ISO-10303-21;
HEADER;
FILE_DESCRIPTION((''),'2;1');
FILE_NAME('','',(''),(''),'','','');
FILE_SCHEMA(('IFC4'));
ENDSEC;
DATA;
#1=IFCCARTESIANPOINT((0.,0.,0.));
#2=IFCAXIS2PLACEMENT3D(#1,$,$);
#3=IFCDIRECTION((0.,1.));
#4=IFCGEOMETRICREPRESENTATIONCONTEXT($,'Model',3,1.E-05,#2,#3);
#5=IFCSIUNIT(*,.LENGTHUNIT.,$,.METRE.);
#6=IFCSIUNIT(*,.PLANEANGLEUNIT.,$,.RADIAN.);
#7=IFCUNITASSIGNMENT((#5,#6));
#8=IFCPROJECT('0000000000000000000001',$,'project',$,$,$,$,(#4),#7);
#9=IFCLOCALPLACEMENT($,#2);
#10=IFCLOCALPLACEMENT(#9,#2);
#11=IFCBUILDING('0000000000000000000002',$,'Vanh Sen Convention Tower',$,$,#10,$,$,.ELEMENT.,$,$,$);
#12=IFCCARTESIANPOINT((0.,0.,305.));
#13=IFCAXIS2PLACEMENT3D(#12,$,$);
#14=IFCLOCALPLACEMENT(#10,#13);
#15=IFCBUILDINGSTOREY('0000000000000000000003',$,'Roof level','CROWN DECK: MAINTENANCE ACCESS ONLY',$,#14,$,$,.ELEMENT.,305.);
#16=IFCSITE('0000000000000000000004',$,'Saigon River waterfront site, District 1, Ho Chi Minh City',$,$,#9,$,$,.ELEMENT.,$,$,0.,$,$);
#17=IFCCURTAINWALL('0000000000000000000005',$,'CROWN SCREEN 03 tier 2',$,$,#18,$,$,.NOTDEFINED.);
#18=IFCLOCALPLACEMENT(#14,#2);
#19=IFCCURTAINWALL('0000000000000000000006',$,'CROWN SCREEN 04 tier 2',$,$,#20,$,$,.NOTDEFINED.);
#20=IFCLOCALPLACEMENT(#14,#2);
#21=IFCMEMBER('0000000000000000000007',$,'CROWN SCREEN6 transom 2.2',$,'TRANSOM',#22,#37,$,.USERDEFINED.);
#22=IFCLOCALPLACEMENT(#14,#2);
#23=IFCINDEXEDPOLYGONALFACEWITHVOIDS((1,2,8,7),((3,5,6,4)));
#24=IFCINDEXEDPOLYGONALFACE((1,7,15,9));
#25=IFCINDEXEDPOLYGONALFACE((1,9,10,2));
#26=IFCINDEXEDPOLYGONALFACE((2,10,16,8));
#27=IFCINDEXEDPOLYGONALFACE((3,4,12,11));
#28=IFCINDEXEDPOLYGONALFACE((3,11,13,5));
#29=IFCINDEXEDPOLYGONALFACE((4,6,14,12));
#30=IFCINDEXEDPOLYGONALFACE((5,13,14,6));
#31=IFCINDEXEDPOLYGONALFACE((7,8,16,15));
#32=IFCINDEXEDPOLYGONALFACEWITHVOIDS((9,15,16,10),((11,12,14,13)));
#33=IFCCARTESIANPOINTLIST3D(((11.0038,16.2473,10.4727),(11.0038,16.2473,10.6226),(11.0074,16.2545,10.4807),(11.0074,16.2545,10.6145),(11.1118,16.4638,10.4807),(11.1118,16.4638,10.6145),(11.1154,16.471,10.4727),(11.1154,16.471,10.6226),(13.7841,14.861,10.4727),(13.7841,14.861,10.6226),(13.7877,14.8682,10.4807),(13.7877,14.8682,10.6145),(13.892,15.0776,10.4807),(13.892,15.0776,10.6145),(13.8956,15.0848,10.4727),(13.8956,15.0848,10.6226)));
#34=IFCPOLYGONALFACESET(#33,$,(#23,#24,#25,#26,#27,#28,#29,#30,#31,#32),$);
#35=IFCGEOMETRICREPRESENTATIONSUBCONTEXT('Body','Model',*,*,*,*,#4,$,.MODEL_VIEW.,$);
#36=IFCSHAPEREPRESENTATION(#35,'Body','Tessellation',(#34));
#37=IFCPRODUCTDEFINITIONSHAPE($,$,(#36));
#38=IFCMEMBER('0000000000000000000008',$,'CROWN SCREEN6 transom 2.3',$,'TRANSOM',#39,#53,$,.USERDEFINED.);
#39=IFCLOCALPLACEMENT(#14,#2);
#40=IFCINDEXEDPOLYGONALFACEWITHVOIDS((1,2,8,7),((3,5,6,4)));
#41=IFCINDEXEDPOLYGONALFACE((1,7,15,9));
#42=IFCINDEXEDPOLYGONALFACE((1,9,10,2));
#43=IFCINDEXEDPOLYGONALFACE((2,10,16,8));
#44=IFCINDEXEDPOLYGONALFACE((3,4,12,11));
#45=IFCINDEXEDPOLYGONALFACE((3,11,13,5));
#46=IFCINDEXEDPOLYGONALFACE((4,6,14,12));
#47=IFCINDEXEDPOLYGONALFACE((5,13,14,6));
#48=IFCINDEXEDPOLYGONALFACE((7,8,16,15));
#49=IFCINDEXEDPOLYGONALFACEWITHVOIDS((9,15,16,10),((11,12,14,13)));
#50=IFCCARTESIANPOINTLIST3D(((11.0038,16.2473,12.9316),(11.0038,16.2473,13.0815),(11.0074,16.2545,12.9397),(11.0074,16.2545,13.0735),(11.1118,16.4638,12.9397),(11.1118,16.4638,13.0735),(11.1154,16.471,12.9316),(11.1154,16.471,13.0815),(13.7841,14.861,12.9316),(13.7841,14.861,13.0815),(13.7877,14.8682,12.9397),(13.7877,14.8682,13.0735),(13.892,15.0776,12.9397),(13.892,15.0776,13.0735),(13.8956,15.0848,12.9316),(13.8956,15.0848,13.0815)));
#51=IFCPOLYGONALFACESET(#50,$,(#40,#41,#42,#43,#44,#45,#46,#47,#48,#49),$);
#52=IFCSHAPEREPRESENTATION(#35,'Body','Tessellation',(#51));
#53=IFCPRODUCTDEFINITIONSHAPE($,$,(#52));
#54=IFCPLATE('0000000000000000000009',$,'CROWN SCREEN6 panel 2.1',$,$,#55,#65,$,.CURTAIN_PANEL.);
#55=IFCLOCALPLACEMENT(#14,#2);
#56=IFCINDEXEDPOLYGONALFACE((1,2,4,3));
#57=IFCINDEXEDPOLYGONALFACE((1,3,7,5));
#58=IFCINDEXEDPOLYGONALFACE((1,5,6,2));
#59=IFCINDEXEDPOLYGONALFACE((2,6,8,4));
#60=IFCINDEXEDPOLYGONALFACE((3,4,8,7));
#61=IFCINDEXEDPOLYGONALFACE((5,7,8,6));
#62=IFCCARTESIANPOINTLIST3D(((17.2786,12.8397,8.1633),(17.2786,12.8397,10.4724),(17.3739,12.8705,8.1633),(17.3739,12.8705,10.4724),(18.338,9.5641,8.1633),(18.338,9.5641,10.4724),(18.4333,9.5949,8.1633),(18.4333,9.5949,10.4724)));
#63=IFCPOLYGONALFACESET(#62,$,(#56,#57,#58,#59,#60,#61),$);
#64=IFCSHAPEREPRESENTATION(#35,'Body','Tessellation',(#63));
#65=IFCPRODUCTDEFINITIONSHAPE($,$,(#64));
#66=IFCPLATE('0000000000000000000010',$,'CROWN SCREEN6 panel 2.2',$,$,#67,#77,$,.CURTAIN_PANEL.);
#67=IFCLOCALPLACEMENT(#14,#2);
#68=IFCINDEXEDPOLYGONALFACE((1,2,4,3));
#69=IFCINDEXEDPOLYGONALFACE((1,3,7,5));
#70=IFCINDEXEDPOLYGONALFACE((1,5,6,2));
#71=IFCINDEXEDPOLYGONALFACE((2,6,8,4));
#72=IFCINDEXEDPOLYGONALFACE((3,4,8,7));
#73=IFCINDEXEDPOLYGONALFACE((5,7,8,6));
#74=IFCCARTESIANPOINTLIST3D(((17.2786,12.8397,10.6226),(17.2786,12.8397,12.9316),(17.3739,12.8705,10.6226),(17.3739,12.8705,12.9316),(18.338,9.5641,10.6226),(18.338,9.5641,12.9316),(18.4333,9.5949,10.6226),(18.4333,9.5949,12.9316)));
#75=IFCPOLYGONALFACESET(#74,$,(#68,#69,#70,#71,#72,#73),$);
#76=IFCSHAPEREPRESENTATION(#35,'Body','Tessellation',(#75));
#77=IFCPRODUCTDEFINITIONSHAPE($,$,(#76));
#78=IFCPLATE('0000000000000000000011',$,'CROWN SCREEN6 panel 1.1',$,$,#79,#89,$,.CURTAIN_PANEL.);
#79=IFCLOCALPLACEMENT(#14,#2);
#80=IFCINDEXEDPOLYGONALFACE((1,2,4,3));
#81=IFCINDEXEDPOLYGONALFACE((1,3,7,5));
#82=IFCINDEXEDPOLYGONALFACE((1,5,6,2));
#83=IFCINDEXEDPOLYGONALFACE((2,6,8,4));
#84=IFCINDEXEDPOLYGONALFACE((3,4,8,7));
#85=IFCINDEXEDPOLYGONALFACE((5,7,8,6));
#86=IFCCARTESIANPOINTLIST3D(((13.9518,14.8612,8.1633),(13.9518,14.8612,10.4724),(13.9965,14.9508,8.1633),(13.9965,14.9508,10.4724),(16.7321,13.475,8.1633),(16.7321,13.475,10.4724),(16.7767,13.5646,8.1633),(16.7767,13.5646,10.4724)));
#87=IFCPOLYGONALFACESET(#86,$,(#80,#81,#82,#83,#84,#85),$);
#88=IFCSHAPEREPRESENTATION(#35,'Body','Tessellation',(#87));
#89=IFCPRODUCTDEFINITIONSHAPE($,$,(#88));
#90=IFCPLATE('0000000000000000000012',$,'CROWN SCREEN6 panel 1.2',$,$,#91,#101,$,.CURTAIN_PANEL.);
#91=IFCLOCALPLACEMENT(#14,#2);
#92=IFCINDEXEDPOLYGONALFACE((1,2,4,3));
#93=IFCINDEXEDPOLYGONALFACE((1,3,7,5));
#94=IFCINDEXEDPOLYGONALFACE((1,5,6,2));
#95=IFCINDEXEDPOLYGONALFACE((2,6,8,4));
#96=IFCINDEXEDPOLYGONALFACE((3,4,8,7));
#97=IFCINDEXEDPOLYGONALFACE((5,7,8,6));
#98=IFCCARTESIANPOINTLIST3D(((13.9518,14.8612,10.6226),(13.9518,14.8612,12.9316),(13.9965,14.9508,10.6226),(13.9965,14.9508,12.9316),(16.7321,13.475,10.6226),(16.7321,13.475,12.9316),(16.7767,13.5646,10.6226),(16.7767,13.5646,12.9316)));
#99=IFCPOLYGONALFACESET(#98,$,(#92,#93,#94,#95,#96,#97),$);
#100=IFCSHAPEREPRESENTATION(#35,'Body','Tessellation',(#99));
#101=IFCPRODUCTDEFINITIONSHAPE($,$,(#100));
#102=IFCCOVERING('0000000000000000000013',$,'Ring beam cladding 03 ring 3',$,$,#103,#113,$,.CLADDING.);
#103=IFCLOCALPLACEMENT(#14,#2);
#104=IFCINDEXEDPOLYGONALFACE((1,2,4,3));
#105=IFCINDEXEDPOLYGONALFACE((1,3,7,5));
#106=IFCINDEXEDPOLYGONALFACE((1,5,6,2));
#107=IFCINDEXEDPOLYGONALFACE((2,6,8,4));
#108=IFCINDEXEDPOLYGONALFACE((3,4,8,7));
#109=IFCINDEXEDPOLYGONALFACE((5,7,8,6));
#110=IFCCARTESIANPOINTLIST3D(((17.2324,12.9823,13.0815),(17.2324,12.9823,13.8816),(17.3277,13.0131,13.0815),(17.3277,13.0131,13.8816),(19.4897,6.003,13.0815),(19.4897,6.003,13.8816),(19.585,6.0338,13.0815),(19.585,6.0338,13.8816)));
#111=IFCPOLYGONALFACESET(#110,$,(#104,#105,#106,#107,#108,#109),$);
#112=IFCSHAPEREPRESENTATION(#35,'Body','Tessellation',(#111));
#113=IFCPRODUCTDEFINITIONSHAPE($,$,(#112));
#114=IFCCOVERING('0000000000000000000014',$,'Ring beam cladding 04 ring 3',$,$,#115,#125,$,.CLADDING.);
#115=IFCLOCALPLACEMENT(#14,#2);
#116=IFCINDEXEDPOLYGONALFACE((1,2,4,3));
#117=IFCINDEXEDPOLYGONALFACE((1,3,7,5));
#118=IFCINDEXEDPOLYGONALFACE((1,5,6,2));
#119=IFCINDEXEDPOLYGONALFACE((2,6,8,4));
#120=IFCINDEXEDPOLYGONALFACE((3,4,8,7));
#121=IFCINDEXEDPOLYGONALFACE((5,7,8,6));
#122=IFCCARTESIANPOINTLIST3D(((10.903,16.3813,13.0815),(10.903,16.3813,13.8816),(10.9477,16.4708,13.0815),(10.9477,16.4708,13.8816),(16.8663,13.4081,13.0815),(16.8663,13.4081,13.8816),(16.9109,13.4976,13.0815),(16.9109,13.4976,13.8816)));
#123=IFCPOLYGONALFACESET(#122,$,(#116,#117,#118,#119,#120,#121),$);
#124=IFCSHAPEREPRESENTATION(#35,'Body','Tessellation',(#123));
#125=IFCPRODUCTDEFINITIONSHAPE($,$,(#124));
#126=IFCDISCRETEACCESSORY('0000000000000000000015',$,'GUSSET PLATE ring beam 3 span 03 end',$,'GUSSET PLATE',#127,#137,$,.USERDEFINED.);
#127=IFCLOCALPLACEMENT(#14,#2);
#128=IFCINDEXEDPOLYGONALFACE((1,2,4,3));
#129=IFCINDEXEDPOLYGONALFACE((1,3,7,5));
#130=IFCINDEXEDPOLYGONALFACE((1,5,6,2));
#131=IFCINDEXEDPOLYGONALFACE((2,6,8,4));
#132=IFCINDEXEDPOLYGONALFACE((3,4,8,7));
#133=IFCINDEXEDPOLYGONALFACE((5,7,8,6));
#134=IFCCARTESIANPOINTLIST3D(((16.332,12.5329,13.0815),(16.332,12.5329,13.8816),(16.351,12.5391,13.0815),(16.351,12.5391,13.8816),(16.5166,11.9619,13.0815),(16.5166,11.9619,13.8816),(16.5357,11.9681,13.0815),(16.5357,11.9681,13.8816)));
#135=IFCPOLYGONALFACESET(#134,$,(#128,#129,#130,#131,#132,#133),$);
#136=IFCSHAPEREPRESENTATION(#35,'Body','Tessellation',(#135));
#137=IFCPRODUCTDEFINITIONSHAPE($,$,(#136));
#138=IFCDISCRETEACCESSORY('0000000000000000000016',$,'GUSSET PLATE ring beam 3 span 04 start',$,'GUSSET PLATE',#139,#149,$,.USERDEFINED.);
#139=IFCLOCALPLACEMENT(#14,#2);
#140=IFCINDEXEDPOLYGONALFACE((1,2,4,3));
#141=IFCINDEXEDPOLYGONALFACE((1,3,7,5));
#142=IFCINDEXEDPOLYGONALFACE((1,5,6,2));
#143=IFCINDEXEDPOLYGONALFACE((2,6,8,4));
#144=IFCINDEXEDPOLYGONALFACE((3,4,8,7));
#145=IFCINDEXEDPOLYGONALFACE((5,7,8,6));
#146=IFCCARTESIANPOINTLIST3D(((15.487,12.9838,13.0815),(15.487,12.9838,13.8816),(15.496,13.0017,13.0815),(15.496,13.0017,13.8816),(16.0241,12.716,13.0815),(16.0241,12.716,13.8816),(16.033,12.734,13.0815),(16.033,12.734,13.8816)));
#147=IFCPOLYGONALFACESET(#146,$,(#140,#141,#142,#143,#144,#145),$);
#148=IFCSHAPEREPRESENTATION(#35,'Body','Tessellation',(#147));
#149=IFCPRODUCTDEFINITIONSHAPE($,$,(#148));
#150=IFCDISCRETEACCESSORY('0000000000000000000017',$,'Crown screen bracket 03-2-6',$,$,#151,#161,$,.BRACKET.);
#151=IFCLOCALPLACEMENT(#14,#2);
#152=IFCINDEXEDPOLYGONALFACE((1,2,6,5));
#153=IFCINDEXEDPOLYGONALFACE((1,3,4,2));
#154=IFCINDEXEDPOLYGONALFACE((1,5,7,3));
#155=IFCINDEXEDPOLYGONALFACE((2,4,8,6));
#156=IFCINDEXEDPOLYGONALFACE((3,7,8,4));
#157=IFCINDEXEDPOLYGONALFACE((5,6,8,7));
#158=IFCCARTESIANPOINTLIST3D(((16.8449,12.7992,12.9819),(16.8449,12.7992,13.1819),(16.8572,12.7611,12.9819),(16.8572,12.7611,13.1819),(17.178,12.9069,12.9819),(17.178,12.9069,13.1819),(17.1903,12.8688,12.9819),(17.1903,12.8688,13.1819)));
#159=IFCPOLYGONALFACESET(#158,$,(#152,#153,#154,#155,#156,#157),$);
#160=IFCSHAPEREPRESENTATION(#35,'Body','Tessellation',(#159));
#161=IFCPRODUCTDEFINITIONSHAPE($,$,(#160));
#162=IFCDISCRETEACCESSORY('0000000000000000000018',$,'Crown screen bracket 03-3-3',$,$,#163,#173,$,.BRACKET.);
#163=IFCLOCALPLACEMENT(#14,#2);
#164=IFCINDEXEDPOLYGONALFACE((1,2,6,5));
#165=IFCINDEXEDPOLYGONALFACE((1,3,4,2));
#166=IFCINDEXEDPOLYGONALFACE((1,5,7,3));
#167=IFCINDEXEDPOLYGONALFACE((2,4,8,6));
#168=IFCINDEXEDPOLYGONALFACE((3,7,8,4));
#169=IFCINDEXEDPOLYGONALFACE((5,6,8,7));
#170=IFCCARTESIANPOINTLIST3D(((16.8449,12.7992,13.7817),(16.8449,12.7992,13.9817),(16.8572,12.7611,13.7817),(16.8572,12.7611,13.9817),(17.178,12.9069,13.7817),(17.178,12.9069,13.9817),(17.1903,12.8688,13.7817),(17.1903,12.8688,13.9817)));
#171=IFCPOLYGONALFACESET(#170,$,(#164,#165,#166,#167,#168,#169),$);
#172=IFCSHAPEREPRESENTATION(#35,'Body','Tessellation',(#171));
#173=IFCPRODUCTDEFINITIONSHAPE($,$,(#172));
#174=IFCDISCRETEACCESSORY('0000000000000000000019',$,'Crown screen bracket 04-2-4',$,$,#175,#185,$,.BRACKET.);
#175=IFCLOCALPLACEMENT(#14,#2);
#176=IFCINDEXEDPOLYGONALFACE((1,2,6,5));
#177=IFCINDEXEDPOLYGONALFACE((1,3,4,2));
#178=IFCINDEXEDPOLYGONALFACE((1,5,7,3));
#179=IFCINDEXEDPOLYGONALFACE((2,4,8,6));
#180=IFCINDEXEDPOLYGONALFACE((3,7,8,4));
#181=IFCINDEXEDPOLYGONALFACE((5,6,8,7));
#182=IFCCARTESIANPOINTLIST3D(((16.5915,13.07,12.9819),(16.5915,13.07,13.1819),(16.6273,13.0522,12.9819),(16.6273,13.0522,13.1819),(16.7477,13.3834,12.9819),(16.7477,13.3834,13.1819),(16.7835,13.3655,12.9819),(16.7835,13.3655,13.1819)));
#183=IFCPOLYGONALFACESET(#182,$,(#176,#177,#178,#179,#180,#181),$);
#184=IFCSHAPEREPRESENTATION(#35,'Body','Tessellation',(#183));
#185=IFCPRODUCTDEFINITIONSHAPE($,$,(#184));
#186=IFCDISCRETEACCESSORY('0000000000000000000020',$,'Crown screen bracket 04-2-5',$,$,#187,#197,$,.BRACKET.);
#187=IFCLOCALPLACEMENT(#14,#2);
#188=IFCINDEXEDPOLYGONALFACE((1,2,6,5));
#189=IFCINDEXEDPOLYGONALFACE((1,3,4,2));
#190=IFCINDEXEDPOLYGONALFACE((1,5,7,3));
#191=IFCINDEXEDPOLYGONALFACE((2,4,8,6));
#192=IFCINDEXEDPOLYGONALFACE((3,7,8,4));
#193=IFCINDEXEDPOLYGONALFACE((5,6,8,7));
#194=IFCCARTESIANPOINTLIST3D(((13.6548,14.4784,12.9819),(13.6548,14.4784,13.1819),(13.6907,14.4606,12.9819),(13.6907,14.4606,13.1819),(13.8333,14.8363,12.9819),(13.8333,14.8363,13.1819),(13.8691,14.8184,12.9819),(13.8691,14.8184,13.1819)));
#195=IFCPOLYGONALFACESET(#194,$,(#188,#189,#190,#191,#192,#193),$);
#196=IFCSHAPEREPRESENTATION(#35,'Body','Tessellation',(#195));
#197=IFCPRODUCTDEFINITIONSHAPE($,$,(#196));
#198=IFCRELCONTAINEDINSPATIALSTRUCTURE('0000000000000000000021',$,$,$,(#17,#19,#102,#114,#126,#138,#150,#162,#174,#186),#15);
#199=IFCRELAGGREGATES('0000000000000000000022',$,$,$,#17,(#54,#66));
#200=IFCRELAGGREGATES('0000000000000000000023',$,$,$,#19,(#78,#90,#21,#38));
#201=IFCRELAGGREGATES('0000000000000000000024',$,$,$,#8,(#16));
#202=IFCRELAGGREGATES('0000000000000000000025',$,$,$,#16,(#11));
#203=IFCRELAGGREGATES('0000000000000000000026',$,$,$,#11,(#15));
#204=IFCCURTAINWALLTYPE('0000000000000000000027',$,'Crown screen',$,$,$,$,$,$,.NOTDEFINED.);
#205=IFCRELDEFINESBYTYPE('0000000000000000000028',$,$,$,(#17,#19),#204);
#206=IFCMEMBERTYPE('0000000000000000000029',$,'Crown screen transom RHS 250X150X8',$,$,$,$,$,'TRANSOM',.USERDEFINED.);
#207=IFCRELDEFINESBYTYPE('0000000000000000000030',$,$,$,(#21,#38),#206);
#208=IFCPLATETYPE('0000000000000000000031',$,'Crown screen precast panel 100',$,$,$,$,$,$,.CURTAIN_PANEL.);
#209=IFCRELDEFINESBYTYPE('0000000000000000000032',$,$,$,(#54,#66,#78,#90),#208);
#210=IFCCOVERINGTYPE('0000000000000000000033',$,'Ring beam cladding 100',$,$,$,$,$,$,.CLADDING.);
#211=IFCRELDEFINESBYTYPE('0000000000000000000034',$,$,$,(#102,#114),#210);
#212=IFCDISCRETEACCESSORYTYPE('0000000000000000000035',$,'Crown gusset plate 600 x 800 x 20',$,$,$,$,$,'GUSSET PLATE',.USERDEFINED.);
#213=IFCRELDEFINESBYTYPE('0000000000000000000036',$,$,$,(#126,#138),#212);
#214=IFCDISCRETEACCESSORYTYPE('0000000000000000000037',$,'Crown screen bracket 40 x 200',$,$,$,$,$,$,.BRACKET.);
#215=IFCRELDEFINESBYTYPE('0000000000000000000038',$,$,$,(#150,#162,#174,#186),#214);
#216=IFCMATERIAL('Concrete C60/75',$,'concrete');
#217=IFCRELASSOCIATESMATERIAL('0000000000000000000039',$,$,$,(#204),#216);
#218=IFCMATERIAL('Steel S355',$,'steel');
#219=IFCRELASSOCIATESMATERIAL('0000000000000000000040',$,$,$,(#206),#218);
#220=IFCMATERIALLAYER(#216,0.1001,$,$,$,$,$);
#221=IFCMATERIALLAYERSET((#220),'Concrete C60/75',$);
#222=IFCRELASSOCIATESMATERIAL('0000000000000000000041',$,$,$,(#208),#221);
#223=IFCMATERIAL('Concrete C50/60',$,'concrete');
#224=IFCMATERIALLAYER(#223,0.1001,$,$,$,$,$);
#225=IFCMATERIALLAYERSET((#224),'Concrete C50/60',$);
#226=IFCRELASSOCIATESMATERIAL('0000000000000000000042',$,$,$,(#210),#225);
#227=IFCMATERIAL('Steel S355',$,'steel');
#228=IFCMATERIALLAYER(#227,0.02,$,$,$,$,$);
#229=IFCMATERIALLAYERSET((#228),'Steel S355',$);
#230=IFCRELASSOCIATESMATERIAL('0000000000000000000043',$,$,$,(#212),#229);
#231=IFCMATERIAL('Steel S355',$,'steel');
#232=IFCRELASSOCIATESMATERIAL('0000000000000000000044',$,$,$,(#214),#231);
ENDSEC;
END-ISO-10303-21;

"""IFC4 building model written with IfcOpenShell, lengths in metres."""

from ifc_helpers import new_model, si_unit, direction, frame, origin, origin_2d, place, context, subcontext, project, spatial, rectangle, hollow_rectangle, extrude, material, layer, layer_set, material_profile, profile_set, type_object, element, aggregate, save


model = new_model("IFC4")

# Units and contexts
model_context = context("Model", 3, precision=1e-05, world=origin(), true_north=direction((0.0, 1.0)))
body_context = subcontext(model_context, "Body", "Model", "MODEL_VIEW")
ifc_project = project(units=[si_unit("LENGTHUNIT", "METRE"), si_unit("PLANEANGLEUNIT", "RADIAN")], contexts=[model_context])

# Site, building, storey
site_placement = place(None, origin())
site = spatial("IfcSite", under=ifc_project, at=site_placement, Name="Saigon River waterfront site, District 1, Ho Chi Minh City", CompositionType="ELEMENT", RefElevation=0.0)
building_placement = place(site_placement, origin())
building = spatial("IfcBuilding", under=site, at=building_placement, Name="Vanh Sen Convention Tower", CompositionType="ELEMENT")
storey_placement = place(building_placement, frame((0.0, 0.0, 305.0)))
storey = spatial("IfcBuildingStorey", under=building, at=storey_placement, Name="Roof level", Description="CROWN DECK: MAINTENANCE ACCESS ONLY", CompositionType="ELEMENT", Elevation=305.0)

# Curtain walls, members
ifc_material_1 = material(Name="Concrete C60/75", Category="concrete")
curtain_wall_type = type_object("IfcCurtainWallType", Name="Crown screen", PredefinedType="NOTDEFINED", material=ifc_material_1)
ifc_material_2 = material(Name="Steel S355", Category="steel")
curtain_wall_1_placement = place(storey_placement, origin())
curtain_wall_1 = element("IfcCurtainWall", 1, at=curtain_wall_1_placement, inside=storey, type_object=curtain_wall_type, Name="CROWN SCREEN 03 tier 2", PredefinedType="NOTDEFINED")
ifc_material_profile_1 = material_profile(ifc_material_2, hollow_rectangle(XDim=0.25, YDim=0.1499, WallThickness=0.0081, at=origin_2d()), Name="RHS 250X150X8")
ifc_profile_set_1 = profile_set([ifc_material_profile_1], Name="Steel S355")
member_type_1 = type_object("IfcMemberType", Name="Crown screen transom RHS 250X150X8", ElementType="TRANSOM", PredefinedType="USERDEFINED", material=ifc_profile_set_1)
curtain_wall_2_placement = place(storey_placement, origin())
curtain_wall_2 = element("IfcCurtainWall", 2, at=curtain_wall_2_placement, inside=storey, type_object=curtain_wall_type, Name="CROWN SCREEN 04 tier 2", PredefinedType="NOTDEFINED")
member_1_placement = place(storey_placement, frame((13.8398, 14.9729, 10.5476), z_axis=(-0.89493, 0.446207, 0.0), x_axis=(-0.446207, -0.89493, 0.0)))
member_1 = element("IfcMember", 3, at=member_1_placement, type_object=member_type_1, Name="CROWN SCREEN6 transom 2.2", ObjectType="TRANSOM", PredefinedType="USERDEFINED", context=body_context, shape_type="SweptSolid", body=[
    extrude(hollow_rectangle(XDim=0.25, YDim=0.1499, WallThickness=0.0081, at=origin_2d()), origin(), (0.0, 0.0, 1.0), 3.1067),
])
member_2_placement = place(storey_placement, frame((13.8398, 14.9729, 13.0066), z_axis=(-0.89493, 0.446207, 0.0), x_axis=(-0.446207, -0.89493, 0.0)))
member_2 = element("IfcMember", 4, at=member_2_placement, type_object=member_type_1, Name="CROWN SCREEN6 transom 2.3", ObjectType="TRANSOM", PredefinedType="USERDEFINED", context=body_context, shape_type="SweptSolid", body=[
    extrude(hollow_rectangle(XDim=0.25, YDim=0.1499, WallThickness=0.0081, at=origin_2d()), origin(), (0.0, 0.0, 1.0), 3.1067),
])

# Plates
ifc_layer_1 = layer(ifc_material_1, 0.1001)
ifc_layer_set_1 = layer_set([ifc_layer_1], Name="Concrete C60/75")
plate_type = type_object("IfcPlateType", Name="Crown screen precast panel 100", PredefinedType="CURTAIN_PANEL", material=ifc_layer_set_1)
plate_1_placement = place(storey_placement, frame((17.856, 11.2173, 8.1633), z_axis=(0.0, 0.0, 1.0), x_axis=(-0.307733, 0.951473, 0.0)))
plate_1 = element("IfcPlate", 5, at=plate_1_placement, type_object=plate_type, Name="CROWN SCREEN6 panel 2.1", PredefinedType="CURTAIN_PANEL", context=body_context, shape_type="SweptSolid", body=[
    extrude(rectangle(XDim=3.4426, YDim=0.1001, at=origin_2d()), origin(), (0.0, 0.0, 1.0), 2.3091),
])
plate_2_placement = place(storey_placement, frame((17.856, 11.2173, 10.6226), z_axis=(0.0, 0.0, 1.0), x_axis=(-0.307733, 0.951473, 0.0)))
plate_2 = element("IfcPlate", 6, at=plate_2_placement, type_object=plate_type, Name="CROWN SCREEN6 panel 2.2", PredefinedType="CURTAIN_PANEL", context=body_context, shape_type="SweptSolid", body=[
    extrude(rectangle(XDim=3.4426, YDim=0.1001, at=origin_2d()), origin(), (0.0, 0.0, 1.0), 2.3091),
])
aggregate(curtain_wall_1, [plate_1, plate_2])
plate_3_placement = place(storey_placement, frame((15.3643, 14.2129, 8.1633), z_axis=(0.0, 0.0, 1.0), x_axis=(-0.894931, 0.446205, 0.0)))
plate_3 = element("IfcPlate", 7, at=plate_3_placement, type_object=plate_type, Name="CROWN SCREEN6 panel 1.1", PredefinedType="CURTAIN_PANEL", context=body_context, shape_type="SweptSolid", body=[
    extrude(rectangle(XDim=3.1067, YDim=0.1001, at=origin_2d()), origin(), (0.0, 0.0, 1.0), 2.3091),
])
plate_4_placement = place(storey_placement, frame((15.3643, 14.2129, 10.6226), z_axis=(0.0, 0.0, 1.0), x_axis=(-0.894931, 0.446205, 0.0)))
plate_4 = element("IfcPlate", 8, at=plate_4_placement, type_object=plate_type, Name="CROWN SCREEN6 panel 1.2", PredefinedType="CURTAIN_PANEL", context=body_context, shape_type="SweptSolid", body=[
    extrude(rectangle(XDim=3.1067, YDim=0.1001, at=origin_2d()), origin(), (0.0, 0.0, 1.0), 2.3091),
])
aggregate(curtain_wall_2, [plate_3, plate_4, member_1, member_2])

# Coverings
ifc_material_3 = material(Name="Concrete C50/60", Category="concrete")
ifc_layer_2 = layer(ifc_material_3, 0.1001)
ifc_layer_set_2 = layer_set([ifc_layer_2], Name="Concrete C50/60")
covering_type = type_object("IfcCoveringType", Name="Ring beam cladding 100", PredefinedType="CLADDING", material=ifc_layer_set_2)
covering_1_placement = place(storey_placement, frame((18.4087, 9.5081, 13.0815), z_axis=(0.0, 0.0, 1.0), x_axis=(-0.307734, 0.951473, 0.0)))
element("IfcCovering", 9, at=covering_1_placement, inside=storey, type_object=covering_type, Name="Ring beam cladding 03 ring 3", PredefinedType="CLADDING", context=body_context, shape_type="SweptSolid", body=[
    extrude(rectangle(XDim=7.3352, YDim=0.1001, at=origin_2d()), origin(), (0.0, 0.0, 1.0), 0.8),
])
covering_2_placement = place(storey_placement, frame((13.907, 14.9395, 13.0815), z_axis=(0.0, 0.0, 1.0), x_axis=(-0.894931, 0.446204, 0.0)))
element("IfcCovering", 10, at=covering_2_placement, inside=storey, type_object=covering_type, Name="Ring beam cladding 04 ring 3", PredefinedType="CLADDING", context=body_context, shape_type="SweptSolid", body=[
    extrude(rectangle(XDim=6.6633, YDim=0.1001, at=origin_2d()), origin(), (0.0, 0.0, 1.0), 0.8),
])

# Discrete accessories
ifc_material_4 = material(Name="Steel S355", Category="steel")
ifc_layer_3 = layer(ifc_material_4, 0.02)
ifc_layer_set_3 = layer_set([ifc_layer_3], Name="Steel S355")
discrete_accessory_type_1 = type_object("IfcDiscreteAccessoryType", Name="Crown gusset plate 600 x 800 x 20", ElementType="GUSSET PLATE", PredefinedType="USERDEFINED", material=ifc_layer_set_3)
for number, where, z_axis, x_axis, name in (
    (11, (16.4338, 12.2505, 13.0815), (0.0, 0.0, 1.0), (0.307734, -0.951473, 0.0), "GUSSET PLATE ring beam 3 span 03 end"),
    (12, (15.76, 12.8589, 13.0815), (0.0, 0.0, 1.0), (-0.894931, 0.446204, 0.0), "GUSSET PLATE ring beam 3 span 04 start"),
):
    element("IfcDiscreteAccessory", number, at=place(storey_placement, frame(where, z_axis=z_axis, x_axis=x_axis)), inside=storey, type_object=discrete_accessory_type_1, Name=name, ObjectType="GUSSET PLATE", PredefinedType="USERDEFINED", context=body_context, shape_type="SweptSolid", body=[
        extrude(rectangle(XDim=0.6001, YDim=0.02, at=origin_2d()), origin(), (0.0, 0.0, 1.0), 0.8),
    ])
ifc_material_5 = material(Name="Steel S355", Category="steel")
discrete_accessory_type_2 = type_object("IfcDiscreteAccessoryType", Name="Crown screen bracket 40 x 200", PredefinedType="BRACKET", material=ifc_material_5)
for number, where, z_axis, x_axis, name in (
    (13, (17.0176, 12.834, 12.9819), (0.0, 0.0, 1.0), (0.951473, 0.307734, 0.0), "Crown screen bracket 03-2-6"),
    (14, (17.0176, 12.834, 13.7817), (0.0, 0.0, 1.0), (0.951473, 0.307734, 0.0), "Crown screen bracket 03-3-3"),
    (15, (16.6875, 13.2178, 12.9819), (0.0, 0.0, 1.0), (0.446204, 0.894931, 0.0), "Crown screen bracket 04-2-4"),
):
    element("IfcDiscreteAccessory", number, at=place(storey_placement, frame(where, z_axis=z_axis, x_axis=x_axis)), inside=storey, type_object=discrete_accessory_type_2, Name=name, PredefinedType="BRACKET", context=body_context, shape_type="SweptSolid", body=[
        extrude(rectangle(XDim=0.3501, YDim=0.04, at=origin_2d()), origin(), (0.0, 0.0, 1.0), 0.2),
    ])
discrete_accessory_1_placement = place(storey_placement, frame((13.762, 14.6484, 12.9819), z_axis=(0.0, 0.0, 1.0), x_axis=(0.446204, 0.894931, 0.0)))
element("IfcDiscreteAccessory", 16, at=discrete_accessory_1_placement, inside=storey, type_object=discrete_accessory_type_2, Name="Crown screen bracket 04-2-5", PredefinedType="BRACKET", context=body_context, shape_type="SweptSolid", body=[
    extrude(rectangle(XDim=0.3999, YDim=0.04, at=origin_2d()), origin(), (0.0, 0.0, 1.0), 0.2),
])

save(model, "model.ifc")
